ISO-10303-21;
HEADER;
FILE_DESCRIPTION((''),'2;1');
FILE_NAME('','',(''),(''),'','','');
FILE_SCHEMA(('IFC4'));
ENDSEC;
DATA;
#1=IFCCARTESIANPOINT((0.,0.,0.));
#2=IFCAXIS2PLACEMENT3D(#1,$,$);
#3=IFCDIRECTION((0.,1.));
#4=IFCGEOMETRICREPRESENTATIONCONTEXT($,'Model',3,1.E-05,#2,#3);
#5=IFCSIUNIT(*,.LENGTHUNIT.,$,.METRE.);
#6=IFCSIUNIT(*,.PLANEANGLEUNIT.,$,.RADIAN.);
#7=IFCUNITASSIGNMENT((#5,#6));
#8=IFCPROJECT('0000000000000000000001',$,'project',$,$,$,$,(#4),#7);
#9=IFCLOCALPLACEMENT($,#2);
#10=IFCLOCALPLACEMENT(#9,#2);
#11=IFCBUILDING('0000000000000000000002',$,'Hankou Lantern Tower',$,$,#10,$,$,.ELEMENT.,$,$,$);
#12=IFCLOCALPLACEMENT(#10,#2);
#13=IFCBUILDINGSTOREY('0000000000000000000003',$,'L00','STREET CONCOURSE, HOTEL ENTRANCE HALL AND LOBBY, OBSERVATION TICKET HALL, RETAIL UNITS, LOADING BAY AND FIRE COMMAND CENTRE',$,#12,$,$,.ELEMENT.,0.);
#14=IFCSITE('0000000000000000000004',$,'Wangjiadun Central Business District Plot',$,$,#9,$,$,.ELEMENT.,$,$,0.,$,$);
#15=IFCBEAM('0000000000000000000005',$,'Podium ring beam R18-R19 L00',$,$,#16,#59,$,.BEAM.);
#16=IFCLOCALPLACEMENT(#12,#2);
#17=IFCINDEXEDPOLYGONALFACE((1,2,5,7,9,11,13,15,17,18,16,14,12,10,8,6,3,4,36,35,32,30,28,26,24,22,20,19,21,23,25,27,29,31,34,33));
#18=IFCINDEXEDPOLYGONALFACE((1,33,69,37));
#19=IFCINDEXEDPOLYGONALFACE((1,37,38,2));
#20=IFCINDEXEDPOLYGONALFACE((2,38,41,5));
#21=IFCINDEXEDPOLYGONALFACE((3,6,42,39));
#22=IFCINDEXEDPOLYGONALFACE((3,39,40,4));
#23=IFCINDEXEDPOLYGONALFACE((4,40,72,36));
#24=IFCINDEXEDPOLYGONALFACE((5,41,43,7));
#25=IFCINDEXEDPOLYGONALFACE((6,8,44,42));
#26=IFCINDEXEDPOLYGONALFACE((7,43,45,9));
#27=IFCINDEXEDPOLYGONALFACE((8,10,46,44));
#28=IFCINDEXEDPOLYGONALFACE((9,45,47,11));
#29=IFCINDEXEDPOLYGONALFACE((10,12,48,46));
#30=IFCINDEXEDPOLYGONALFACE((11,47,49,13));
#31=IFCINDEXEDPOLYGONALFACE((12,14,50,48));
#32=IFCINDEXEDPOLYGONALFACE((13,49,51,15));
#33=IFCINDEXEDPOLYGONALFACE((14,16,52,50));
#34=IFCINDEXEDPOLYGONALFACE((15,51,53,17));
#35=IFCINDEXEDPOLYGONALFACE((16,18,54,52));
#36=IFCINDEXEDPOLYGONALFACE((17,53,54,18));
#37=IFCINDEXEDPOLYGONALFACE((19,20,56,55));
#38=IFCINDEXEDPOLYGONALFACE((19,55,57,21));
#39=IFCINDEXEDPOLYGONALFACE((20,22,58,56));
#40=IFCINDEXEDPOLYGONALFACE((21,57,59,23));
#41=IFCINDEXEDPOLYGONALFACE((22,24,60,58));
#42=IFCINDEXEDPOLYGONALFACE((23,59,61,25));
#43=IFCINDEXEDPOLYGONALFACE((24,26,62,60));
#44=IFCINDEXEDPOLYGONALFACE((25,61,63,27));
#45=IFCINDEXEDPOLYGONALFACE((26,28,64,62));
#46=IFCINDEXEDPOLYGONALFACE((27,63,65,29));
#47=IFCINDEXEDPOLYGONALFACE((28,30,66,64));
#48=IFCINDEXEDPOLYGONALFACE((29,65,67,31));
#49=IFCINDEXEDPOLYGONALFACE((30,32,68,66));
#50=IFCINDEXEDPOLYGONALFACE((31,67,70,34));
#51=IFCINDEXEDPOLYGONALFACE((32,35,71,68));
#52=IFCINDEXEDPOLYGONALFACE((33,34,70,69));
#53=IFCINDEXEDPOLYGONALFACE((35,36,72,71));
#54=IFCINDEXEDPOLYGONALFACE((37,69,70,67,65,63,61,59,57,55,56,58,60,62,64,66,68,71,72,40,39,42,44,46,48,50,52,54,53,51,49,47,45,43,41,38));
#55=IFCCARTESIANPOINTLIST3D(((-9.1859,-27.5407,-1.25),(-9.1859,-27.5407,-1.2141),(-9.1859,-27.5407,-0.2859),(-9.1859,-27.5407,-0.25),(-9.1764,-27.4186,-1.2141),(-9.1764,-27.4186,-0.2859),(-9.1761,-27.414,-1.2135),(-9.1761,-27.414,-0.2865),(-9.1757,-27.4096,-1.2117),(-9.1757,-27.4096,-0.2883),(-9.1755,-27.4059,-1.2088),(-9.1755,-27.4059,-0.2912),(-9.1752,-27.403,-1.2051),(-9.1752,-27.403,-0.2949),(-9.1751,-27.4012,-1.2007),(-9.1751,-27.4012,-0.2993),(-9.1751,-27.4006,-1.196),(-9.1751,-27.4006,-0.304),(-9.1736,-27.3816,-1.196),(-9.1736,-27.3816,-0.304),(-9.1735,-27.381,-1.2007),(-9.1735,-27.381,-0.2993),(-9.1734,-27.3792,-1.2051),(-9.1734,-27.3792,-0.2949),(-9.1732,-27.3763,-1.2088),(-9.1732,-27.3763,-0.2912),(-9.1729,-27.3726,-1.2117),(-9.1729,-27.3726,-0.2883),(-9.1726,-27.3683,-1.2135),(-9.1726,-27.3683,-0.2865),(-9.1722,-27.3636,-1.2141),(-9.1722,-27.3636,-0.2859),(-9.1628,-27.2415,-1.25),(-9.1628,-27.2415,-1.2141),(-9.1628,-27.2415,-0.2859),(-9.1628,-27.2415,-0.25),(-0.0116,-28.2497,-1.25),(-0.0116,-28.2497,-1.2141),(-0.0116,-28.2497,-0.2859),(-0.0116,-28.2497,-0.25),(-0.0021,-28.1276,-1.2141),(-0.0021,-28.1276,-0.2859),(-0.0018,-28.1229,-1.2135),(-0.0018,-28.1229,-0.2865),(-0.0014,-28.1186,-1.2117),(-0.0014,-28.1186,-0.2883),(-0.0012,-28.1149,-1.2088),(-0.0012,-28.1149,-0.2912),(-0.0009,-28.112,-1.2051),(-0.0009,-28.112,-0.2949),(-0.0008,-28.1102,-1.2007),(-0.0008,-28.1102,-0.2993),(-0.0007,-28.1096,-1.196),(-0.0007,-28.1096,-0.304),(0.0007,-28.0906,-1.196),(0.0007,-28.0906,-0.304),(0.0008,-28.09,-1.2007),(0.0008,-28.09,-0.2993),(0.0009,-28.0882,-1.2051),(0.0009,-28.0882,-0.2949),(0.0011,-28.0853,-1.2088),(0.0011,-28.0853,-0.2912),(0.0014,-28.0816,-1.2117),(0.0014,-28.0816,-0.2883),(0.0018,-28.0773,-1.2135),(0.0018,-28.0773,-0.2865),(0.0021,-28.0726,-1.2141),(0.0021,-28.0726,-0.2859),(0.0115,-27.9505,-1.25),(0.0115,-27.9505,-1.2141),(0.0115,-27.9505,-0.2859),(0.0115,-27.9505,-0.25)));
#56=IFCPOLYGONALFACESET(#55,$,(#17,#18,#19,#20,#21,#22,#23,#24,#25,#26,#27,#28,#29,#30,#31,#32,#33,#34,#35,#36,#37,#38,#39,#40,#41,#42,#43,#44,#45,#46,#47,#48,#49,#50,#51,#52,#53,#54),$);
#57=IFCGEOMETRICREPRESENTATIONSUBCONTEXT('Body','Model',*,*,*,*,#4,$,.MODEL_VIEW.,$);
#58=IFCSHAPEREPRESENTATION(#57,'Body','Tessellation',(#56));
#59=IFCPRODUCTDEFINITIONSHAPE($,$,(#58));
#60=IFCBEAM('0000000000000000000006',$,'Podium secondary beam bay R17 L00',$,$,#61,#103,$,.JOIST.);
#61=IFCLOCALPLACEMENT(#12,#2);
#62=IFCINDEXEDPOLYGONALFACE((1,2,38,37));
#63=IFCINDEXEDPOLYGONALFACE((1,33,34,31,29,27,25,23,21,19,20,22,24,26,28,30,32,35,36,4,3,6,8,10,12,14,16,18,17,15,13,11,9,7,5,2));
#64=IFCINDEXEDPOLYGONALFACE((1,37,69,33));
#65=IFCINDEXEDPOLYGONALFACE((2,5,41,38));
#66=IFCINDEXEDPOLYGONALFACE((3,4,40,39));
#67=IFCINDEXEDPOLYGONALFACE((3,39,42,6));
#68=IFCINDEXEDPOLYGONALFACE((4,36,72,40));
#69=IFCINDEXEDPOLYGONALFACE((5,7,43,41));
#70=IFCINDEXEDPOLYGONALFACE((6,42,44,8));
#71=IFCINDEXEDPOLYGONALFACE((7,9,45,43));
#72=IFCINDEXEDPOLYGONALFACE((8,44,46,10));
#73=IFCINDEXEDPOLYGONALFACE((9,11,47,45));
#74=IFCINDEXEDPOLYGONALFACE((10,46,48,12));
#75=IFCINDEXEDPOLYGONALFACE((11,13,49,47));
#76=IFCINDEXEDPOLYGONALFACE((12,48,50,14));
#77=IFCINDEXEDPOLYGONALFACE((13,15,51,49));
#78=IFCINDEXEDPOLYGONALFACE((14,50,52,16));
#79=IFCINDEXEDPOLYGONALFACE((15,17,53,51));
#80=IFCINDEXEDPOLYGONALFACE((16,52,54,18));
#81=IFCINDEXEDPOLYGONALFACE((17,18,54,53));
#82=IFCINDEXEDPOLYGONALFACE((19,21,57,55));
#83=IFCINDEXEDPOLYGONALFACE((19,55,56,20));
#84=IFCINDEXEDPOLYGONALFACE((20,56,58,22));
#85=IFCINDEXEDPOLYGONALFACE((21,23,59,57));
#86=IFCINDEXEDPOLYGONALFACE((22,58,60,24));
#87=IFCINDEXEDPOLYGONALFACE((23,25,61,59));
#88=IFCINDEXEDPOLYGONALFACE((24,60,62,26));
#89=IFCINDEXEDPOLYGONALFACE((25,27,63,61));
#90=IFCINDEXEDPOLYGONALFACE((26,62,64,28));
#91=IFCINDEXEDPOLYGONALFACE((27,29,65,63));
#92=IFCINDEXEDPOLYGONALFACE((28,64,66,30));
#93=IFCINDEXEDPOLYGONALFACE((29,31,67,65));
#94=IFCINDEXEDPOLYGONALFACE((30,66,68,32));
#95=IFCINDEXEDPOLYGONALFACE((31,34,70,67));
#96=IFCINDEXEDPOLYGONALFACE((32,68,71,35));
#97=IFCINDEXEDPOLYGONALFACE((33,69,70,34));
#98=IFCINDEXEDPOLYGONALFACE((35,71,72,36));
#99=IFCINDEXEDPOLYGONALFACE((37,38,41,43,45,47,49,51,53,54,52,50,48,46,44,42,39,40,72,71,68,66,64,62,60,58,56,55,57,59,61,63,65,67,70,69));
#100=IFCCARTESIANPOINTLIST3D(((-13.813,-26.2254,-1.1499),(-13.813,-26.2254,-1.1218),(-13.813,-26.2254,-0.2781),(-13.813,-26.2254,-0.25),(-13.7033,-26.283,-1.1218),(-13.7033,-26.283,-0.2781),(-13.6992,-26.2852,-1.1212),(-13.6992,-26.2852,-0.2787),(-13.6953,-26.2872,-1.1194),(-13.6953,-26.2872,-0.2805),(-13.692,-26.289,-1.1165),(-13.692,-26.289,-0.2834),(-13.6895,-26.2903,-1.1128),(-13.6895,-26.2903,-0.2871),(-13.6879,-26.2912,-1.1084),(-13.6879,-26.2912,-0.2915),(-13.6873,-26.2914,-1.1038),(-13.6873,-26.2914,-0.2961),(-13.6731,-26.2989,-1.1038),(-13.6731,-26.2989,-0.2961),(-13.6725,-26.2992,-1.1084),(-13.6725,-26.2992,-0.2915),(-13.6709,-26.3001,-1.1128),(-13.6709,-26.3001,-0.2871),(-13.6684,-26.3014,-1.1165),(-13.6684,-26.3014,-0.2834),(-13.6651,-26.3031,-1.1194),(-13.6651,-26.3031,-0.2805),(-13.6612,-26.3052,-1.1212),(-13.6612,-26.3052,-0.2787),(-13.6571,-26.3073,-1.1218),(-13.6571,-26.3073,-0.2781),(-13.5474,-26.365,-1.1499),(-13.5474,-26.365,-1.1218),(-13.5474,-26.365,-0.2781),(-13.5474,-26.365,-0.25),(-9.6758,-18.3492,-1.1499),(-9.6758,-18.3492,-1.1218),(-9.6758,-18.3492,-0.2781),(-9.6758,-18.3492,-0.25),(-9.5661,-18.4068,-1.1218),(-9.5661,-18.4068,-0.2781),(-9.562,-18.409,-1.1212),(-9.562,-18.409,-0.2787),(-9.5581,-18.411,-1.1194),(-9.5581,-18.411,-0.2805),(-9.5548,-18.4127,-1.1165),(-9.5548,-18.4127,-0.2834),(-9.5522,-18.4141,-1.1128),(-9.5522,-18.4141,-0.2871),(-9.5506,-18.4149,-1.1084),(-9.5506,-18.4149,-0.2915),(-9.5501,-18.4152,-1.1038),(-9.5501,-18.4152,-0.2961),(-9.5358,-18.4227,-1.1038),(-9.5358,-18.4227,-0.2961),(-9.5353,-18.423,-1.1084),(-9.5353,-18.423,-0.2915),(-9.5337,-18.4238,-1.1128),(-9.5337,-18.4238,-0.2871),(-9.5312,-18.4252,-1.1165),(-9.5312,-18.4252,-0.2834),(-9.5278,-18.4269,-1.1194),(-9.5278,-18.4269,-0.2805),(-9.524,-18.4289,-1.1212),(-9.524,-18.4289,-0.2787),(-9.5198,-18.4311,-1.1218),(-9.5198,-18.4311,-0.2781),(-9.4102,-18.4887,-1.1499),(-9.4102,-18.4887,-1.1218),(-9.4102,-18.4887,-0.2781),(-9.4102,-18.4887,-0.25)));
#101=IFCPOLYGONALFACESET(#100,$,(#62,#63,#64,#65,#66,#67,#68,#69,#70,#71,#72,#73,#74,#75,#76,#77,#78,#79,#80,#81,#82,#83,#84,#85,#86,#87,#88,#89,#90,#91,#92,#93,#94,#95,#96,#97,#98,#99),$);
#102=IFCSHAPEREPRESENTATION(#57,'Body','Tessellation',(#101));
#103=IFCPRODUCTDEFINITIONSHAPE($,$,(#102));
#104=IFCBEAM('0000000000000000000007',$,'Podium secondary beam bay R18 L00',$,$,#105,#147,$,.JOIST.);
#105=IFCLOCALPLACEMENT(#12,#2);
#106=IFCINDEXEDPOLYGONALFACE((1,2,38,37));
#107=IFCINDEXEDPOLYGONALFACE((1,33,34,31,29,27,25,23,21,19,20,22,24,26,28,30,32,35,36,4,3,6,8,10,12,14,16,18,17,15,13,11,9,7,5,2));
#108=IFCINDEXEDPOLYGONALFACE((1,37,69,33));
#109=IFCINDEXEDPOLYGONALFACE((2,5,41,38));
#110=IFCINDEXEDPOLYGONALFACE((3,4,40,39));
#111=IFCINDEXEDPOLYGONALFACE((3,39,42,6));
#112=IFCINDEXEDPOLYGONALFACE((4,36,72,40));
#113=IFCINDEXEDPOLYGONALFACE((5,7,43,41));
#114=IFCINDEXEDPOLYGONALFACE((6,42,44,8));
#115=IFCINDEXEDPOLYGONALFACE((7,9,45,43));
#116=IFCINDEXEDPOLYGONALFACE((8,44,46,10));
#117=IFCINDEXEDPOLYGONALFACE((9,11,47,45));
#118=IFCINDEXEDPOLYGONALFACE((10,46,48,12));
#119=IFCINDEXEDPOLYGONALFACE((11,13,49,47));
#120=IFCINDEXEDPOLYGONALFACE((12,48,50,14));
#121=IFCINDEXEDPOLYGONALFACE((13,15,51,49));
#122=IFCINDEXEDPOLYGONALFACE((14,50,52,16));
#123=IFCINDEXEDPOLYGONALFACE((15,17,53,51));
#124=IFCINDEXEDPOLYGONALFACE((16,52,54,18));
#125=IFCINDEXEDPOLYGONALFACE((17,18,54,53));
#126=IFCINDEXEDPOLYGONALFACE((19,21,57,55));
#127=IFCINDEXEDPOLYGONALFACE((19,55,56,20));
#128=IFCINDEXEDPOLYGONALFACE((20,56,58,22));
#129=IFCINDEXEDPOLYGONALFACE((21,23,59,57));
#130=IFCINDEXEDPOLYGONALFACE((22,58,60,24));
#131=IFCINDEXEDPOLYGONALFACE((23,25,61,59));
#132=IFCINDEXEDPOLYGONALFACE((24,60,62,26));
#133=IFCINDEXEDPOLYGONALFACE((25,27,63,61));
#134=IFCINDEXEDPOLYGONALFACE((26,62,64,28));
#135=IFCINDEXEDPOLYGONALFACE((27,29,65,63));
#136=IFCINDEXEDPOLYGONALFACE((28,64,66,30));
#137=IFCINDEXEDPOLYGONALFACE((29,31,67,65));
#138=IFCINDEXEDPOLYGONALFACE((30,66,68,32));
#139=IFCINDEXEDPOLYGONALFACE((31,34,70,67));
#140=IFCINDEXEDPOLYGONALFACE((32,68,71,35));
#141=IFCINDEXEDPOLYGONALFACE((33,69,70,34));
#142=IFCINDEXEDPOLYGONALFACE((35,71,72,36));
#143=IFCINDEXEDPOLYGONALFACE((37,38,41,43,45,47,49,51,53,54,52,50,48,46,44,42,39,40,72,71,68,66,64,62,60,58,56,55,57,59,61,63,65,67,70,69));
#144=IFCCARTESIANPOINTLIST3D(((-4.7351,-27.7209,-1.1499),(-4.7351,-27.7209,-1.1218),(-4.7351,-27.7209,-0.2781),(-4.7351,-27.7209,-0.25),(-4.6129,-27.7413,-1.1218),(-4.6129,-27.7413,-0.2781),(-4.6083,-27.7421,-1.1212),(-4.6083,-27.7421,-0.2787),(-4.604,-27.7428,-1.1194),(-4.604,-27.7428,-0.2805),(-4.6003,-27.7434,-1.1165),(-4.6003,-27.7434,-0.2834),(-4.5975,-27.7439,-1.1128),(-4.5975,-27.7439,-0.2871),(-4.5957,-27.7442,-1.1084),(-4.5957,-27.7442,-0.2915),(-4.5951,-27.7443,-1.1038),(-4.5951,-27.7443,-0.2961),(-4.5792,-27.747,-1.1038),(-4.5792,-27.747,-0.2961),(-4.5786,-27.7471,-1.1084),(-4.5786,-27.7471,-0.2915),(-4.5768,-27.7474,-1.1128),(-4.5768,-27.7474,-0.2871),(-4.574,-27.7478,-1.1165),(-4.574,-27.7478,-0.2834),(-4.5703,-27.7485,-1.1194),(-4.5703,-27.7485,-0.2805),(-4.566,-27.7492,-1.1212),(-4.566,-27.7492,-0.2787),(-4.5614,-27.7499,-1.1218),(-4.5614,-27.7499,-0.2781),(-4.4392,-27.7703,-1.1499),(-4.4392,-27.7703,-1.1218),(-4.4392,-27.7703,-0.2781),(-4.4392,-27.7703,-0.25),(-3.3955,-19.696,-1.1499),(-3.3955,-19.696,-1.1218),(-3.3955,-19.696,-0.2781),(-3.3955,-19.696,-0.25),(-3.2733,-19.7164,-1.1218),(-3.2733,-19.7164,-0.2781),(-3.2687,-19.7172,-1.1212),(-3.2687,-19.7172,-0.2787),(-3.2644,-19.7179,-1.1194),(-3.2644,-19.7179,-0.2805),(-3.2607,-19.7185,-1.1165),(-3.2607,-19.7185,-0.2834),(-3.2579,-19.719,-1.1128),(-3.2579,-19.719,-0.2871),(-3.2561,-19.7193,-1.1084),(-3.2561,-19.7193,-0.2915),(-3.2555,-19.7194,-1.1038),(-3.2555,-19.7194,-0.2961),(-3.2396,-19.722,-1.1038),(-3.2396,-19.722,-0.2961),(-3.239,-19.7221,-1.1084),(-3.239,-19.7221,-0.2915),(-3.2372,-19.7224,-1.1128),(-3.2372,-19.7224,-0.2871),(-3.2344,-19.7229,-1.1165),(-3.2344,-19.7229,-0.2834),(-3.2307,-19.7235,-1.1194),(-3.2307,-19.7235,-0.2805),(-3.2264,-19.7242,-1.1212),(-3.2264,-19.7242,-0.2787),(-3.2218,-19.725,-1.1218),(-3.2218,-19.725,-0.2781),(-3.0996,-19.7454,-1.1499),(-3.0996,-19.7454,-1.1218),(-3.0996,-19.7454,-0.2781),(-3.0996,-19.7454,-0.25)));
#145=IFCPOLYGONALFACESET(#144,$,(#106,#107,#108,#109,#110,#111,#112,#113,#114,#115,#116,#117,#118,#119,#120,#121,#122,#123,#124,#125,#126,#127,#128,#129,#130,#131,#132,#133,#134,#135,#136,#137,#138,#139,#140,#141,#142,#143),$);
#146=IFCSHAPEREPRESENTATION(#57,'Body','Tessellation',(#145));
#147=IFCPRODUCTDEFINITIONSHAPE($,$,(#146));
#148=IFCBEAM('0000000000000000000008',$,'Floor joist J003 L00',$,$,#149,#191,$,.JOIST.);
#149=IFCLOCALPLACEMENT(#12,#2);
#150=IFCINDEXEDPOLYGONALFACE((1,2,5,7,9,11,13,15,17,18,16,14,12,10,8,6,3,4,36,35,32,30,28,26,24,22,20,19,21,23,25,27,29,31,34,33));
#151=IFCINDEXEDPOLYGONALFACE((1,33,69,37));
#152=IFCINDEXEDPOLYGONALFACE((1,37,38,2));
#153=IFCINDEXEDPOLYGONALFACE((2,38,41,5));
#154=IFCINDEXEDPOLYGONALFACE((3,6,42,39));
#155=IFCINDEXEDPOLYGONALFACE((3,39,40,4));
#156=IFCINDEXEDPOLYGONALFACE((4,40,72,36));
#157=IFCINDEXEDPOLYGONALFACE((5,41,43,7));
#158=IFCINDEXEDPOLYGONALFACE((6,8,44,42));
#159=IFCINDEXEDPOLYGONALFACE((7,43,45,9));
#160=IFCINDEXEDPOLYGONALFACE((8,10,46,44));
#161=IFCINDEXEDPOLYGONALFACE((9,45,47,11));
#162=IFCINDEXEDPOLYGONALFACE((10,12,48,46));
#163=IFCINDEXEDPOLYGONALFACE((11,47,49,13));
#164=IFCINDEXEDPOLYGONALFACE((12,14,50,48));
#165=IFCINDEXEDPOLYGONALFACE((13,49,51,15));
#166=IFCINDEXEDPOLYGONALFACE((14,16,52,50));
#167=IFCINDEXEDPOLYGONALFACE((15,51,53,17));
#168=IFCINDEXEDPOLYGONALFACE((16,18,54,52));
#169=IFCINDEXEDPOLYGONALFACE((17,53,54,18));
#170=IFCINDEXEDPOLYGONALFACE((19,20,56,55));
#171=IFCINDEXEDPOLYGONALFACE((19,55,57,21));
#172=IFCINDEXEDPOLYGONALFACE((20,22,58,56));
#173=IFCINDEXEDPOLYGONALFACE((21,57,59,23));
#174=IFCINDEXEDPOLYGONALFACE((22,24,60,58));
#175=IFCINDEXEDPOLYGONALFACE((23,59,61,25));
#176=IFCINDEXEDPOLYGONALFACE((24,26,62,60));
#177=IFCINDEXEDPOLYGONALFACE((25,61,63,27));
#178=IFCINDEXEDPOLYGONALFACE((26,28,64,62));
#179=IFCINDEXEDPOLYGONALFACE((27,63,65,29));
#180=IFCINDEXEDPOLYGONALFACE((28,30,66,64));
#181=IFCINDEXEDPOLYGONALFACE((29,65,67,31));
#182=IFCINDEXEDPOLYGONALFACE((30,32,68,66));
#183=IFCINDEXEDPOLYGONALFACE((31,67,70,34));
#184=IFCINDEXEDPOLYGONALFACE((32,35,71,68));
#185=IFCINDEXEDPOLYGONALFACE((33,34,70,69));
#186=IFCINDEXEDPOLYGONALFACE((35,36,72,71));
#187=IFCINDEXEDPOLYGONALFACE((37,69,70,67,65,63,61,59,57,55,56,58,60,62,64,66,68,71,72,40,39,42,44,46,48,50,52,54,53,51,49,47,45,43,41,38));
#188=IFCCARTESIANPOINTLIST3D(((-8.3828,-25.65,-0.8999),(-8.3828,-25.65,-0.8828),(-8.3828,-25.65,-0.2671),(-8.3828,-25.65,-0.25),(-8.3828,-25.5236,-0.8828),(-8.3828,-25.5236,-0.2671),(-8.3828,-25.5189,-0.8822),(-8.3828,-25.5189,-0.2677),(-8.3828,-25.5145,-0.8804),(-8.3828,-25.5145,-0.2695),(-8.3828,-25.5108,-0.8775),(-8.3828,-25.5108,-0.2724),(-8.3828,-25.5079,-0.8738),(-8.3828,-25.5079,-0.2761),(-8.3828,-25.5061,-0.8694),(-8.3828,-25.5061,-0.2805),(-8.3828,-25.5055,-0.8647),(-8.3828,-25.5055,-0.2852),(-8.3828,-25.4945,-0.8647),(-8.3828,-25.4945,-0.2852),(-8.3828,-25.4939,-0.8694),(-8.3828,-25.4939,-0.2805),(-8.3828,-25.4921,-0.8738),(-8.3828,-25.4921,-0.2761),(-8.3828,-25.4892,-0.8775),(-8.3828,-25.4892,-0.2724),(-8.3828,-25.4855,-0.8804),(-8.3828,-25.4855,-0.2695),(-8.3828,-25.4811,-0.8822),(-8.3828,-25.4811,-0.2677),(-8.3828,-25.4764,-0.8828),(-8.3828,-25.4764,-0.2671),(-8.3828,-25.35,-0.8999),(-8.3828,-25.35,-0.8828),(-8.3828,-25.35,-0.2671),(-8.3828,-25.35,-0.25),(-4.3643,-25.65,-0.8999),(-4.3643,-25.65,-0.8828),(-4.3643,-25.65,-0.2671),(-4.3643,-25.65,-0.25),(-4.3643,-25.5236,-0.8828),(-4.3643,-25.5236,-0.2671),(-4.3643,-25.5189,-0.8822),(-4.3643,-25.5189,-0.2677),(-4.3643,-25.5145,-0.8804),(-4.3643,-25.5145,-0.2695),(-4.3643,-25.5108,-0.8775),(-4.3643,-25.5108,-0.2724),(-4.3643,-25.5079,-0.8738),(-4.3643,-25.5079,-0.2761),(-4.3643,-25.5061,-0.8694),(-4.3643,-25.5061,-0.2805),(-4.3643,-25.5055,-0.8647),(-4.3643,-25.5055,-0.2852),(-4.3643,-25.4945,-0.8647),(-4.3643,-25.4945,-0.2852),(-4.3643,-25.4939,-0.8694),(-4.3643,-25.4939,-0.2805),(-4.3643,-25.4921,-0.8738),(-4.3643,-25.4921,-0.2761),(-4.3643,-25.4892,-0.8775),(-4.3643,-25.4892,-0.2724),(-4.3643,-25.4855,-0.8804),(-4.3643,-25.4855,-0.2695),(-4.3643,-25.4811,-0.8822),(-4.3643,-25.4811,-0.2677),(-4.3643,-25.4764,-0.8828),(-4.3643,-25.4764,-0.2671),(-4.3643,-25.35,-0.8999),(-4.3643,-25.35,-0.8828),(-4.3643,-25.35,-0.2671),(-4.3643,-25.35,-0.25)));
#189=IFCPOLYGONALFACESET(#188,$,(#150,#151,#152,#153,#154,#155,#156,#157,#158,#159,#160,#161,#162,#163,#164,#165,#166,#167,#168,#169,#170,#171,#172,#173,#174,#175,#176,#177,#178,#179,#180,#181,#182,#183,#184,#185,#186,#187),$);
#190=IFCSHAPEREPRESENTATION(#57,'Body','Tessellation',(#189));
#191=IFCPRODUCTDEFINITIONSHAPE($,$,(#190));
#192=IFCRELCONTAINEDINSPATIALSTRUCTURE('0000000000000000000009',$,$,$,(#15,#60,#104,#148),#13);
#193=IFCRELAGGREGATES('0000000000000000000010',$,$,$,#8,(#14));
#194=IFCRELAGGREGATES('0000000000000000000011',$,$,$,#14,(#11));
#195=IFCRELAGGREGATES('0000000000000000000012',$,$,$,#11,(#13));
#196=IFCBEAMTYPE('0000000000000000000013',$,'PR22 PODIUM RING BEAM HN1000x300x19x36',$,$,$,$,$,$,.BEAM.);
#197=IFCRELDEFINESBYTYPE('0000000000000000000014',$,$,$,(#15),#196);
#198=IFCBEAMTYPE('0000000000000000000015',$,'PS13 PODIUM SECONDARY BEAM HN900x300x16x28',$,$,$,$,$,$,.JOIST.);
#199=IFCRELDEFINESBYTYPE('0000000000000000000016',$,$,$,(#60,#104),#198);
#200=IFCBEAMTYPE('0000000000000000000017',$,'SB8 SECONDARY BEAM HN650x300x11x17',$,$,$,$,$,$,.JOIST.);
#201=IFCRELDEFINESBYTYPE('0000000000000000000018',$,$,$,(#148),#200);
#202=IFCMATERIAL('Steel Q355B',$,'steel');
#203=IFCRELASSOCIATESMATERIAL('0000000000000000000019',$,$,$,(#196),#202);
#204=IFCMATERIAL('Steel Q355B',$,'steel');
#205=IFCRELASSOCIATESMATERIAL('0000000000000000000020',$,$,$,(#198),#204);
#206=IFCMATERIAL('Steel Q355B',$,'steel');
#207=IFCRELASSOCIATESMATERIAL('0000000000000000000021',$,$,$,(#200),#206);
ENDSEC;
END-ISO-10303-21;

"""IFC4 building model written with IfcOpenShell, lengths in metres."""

from ifc_helpers import new_model, si_unit, direction, frame, origin, origin_2d, place, context, subcontext, project, spatial, i_section, extrude, material, material_profile, profile_set, type_object, element, save


model = new_model("IFC4")

# Units and contexts
model_context = context("Model", 3, precision=1e-05, world=origin(), true_north=direction((0.0, 1.0)))
body_context = subcontext(model_context, "Body", "Model", "MODEL_VIEW")
ifc_project = project(units=[si_unit("LENGTHUNIT", "METRE"), si_unit("PLANEANGLEUNIT", "RADIAN")], contexts=[model_context])

# Site, building, storey
site_placement = place(None, origin())
site = spatial("IfcSite", under=ifc_project, at=site_placement, Name="Wangjiadun Central Business District Plot", CompositionType="ELEMENT", RefElevation=0.0)
building_placement = place(site_placement, origin())
building = spatial("IfcBuilding", under=site, at=building_placement, Name="Hankou Lantern Tower", CompositionType="ELEMENT")
storey_placement = place(building_placement, origin())
storey = spatial("IfcBuildingStorey", under=building, at=storey_placement, Name="L00", Description="STREET CONCOURSE, HOTEL ENTRANCE HALL AND LOBBY, OBSERVATION TICKET HALL, RETAIL UNITS, LOADING BAY AND FIRE COMMAND CENTRE", CompositionType="ELEMENT", Elevation=0.0)

# Beams
ifc_material_1 = material(Name="Steel Q355B", Category="steel")
ifc_material_profile_1 = material_profile(ifc_material_1, i_section(OverallWidth=0.3, OverallDepth=1.0, WebThickness=0.019, FlangeThickness=0.0359, FilletRadius=0.0181, at=origin_2d()), Name="HN1000x300x19x36")
ifc_profile_set_1 = profile_set([ifc_material_profile_1], Name="Steel Q355B")
beam_type_1 = type_object("IfcBeamType", Name="PR22 PODIUM RING BEAM HN1000x300x19x36", PredefinedType="BEAM", material=ifc_profile_set_1)
beam_1_placement = place(storey_placement, frame((-9.1743, -27.3911, -0.75), z_axis=(0.997027, -0.07705, 0.0), x_axis=(0.07705, 0.997027, 0.0)))
element("IfcBeam", 1, at=beam_1_placement, inside=storey, type_object=beam_type_1, Name="Podium ring beam R18-R19 L00", PredefinedType="BEAM", context=body_context, shape_type="SweptSolid", body=[
    extrude(i_section(OverallWidth=0.3, OverallDepth=1.0, WebThickness=0.019, FlangeThickness=0.0359, FilletRadius=0.0181, at=origin_2d()), origin(), (0.0, 0.0, 1.0), 9.2017),
])
ifc_material_2 = material(Name="Steel Q355B", Category="steel")
ifc_material_profile_2 = material_profile(ifc_material_2, i_section(OverallWidth=0.3, OverallDepth=0.8999, WebThickness=0.0161, FlangeThickness=0.0281, FilletRadius=0.0181, at=origin_2d()), Name="HN900x300x16x28")
ifc_profile_set_2 = profile_set([ifc_material_profile_2], Name="Steel Q355B")
beam_type_2 = type_object("IfcBeamType", Name="PS13 PODIUM SECONDARY BEAM HN900x300x16x28", PredefinedType="JOIST", material=ifc_profile_set_2)
beam_2_placement = place(storey_placement, frame((-9.543, -18.4189, -0.7), z_axis=(-0.465027, -0.885297, 0.0), x_axis=(0.885297, -0.465027, 0.0)))
element("IfcBeam", 2, at=beam_2_placement, inside=storey, type_object=beam_type_2, Name="Podium secondary beam bay R17 L00", PredefinedType="JOIST", context=body_context, shape_type="SweptSolid", body=[
    extrude(i_section(OverallWidth=0.3, OverallDepth=0.8999, WebThickness=0.0161, FlangeThickness=0.0281, FilletRadius=0.0181, at=origin_2d()), origin(), (0.0, 0.0, 1.0), 8.8967),
])
beam_3_placement = place(storey_placement, frame((-3.2476, -19.7207, -0.7), z_axis=(-0.164652, -0.986352, 0.0), x_axis=(0.986352, -0.164652, 0.0)))
element("IfcBeam", 3, at=beam_3_placement, inside=storey, type_object=beam_type_2, Name="Podium secondary beam bay R18 L00", PredefinedType="JOIST", context=body_context, shape_type="SweptSolid", body=[
    extrude(i_section(OverallWidth=0.3, OverallDepth=0.8999, WebThickness=0.0161, FlangeThickness=0.0281, FilletRadius=0.0181, at=origin_2d()), origin(), (0.0, 0.0, 1.0), 8.136),
])
ifc_material_3 = material(Name="Steel Q355B", Category="steel")
ifc_material_profile_3 = material_profile(ifc_material_3, i_section(OverallWidth=0.3, OverallDepth=0.6499, WebThickness=0.011, FlangeThickness=0.0171, FilletRadius=0.0181, at=origin_2d()), Name="HN650x300x11x17")
ifc_profile_set_3 = profile_set([ifc_material_profile_3], Name="Steel Q355B")
beam_type_3 = type_object("IfcBeamType", Name="SB8 SECONDARY BEAM HN650x300x11x17", PredefinedType="JOIST", material=ifc_profile_set_3)
beam_4_placement = place(storey_placement, frame((-8.3828, -25.5, -0.575), z_axis=(1.0, 0.0, 0.0), x_axis=(0.0, 1.0, 0.0)))
element("IfcBeam", 4, at=beam_4_placement, inside=storey, type_object=beam_type_3, Name="Floor joist J003 L00", PredefinedType="JOIST", context=body_context, shape_type="SweptSolid", body=[
    extrude(i_section(OverallWidth=0.3, OverallDepth=0.6499, WebThickness=0.011, FlangeThickness=0.0171, FilletRadius=0.0181, at=origin_2d()), origin(), (0.0, 0.0, 1.0), 4.0186),
])

save(model, "model.ifc")
